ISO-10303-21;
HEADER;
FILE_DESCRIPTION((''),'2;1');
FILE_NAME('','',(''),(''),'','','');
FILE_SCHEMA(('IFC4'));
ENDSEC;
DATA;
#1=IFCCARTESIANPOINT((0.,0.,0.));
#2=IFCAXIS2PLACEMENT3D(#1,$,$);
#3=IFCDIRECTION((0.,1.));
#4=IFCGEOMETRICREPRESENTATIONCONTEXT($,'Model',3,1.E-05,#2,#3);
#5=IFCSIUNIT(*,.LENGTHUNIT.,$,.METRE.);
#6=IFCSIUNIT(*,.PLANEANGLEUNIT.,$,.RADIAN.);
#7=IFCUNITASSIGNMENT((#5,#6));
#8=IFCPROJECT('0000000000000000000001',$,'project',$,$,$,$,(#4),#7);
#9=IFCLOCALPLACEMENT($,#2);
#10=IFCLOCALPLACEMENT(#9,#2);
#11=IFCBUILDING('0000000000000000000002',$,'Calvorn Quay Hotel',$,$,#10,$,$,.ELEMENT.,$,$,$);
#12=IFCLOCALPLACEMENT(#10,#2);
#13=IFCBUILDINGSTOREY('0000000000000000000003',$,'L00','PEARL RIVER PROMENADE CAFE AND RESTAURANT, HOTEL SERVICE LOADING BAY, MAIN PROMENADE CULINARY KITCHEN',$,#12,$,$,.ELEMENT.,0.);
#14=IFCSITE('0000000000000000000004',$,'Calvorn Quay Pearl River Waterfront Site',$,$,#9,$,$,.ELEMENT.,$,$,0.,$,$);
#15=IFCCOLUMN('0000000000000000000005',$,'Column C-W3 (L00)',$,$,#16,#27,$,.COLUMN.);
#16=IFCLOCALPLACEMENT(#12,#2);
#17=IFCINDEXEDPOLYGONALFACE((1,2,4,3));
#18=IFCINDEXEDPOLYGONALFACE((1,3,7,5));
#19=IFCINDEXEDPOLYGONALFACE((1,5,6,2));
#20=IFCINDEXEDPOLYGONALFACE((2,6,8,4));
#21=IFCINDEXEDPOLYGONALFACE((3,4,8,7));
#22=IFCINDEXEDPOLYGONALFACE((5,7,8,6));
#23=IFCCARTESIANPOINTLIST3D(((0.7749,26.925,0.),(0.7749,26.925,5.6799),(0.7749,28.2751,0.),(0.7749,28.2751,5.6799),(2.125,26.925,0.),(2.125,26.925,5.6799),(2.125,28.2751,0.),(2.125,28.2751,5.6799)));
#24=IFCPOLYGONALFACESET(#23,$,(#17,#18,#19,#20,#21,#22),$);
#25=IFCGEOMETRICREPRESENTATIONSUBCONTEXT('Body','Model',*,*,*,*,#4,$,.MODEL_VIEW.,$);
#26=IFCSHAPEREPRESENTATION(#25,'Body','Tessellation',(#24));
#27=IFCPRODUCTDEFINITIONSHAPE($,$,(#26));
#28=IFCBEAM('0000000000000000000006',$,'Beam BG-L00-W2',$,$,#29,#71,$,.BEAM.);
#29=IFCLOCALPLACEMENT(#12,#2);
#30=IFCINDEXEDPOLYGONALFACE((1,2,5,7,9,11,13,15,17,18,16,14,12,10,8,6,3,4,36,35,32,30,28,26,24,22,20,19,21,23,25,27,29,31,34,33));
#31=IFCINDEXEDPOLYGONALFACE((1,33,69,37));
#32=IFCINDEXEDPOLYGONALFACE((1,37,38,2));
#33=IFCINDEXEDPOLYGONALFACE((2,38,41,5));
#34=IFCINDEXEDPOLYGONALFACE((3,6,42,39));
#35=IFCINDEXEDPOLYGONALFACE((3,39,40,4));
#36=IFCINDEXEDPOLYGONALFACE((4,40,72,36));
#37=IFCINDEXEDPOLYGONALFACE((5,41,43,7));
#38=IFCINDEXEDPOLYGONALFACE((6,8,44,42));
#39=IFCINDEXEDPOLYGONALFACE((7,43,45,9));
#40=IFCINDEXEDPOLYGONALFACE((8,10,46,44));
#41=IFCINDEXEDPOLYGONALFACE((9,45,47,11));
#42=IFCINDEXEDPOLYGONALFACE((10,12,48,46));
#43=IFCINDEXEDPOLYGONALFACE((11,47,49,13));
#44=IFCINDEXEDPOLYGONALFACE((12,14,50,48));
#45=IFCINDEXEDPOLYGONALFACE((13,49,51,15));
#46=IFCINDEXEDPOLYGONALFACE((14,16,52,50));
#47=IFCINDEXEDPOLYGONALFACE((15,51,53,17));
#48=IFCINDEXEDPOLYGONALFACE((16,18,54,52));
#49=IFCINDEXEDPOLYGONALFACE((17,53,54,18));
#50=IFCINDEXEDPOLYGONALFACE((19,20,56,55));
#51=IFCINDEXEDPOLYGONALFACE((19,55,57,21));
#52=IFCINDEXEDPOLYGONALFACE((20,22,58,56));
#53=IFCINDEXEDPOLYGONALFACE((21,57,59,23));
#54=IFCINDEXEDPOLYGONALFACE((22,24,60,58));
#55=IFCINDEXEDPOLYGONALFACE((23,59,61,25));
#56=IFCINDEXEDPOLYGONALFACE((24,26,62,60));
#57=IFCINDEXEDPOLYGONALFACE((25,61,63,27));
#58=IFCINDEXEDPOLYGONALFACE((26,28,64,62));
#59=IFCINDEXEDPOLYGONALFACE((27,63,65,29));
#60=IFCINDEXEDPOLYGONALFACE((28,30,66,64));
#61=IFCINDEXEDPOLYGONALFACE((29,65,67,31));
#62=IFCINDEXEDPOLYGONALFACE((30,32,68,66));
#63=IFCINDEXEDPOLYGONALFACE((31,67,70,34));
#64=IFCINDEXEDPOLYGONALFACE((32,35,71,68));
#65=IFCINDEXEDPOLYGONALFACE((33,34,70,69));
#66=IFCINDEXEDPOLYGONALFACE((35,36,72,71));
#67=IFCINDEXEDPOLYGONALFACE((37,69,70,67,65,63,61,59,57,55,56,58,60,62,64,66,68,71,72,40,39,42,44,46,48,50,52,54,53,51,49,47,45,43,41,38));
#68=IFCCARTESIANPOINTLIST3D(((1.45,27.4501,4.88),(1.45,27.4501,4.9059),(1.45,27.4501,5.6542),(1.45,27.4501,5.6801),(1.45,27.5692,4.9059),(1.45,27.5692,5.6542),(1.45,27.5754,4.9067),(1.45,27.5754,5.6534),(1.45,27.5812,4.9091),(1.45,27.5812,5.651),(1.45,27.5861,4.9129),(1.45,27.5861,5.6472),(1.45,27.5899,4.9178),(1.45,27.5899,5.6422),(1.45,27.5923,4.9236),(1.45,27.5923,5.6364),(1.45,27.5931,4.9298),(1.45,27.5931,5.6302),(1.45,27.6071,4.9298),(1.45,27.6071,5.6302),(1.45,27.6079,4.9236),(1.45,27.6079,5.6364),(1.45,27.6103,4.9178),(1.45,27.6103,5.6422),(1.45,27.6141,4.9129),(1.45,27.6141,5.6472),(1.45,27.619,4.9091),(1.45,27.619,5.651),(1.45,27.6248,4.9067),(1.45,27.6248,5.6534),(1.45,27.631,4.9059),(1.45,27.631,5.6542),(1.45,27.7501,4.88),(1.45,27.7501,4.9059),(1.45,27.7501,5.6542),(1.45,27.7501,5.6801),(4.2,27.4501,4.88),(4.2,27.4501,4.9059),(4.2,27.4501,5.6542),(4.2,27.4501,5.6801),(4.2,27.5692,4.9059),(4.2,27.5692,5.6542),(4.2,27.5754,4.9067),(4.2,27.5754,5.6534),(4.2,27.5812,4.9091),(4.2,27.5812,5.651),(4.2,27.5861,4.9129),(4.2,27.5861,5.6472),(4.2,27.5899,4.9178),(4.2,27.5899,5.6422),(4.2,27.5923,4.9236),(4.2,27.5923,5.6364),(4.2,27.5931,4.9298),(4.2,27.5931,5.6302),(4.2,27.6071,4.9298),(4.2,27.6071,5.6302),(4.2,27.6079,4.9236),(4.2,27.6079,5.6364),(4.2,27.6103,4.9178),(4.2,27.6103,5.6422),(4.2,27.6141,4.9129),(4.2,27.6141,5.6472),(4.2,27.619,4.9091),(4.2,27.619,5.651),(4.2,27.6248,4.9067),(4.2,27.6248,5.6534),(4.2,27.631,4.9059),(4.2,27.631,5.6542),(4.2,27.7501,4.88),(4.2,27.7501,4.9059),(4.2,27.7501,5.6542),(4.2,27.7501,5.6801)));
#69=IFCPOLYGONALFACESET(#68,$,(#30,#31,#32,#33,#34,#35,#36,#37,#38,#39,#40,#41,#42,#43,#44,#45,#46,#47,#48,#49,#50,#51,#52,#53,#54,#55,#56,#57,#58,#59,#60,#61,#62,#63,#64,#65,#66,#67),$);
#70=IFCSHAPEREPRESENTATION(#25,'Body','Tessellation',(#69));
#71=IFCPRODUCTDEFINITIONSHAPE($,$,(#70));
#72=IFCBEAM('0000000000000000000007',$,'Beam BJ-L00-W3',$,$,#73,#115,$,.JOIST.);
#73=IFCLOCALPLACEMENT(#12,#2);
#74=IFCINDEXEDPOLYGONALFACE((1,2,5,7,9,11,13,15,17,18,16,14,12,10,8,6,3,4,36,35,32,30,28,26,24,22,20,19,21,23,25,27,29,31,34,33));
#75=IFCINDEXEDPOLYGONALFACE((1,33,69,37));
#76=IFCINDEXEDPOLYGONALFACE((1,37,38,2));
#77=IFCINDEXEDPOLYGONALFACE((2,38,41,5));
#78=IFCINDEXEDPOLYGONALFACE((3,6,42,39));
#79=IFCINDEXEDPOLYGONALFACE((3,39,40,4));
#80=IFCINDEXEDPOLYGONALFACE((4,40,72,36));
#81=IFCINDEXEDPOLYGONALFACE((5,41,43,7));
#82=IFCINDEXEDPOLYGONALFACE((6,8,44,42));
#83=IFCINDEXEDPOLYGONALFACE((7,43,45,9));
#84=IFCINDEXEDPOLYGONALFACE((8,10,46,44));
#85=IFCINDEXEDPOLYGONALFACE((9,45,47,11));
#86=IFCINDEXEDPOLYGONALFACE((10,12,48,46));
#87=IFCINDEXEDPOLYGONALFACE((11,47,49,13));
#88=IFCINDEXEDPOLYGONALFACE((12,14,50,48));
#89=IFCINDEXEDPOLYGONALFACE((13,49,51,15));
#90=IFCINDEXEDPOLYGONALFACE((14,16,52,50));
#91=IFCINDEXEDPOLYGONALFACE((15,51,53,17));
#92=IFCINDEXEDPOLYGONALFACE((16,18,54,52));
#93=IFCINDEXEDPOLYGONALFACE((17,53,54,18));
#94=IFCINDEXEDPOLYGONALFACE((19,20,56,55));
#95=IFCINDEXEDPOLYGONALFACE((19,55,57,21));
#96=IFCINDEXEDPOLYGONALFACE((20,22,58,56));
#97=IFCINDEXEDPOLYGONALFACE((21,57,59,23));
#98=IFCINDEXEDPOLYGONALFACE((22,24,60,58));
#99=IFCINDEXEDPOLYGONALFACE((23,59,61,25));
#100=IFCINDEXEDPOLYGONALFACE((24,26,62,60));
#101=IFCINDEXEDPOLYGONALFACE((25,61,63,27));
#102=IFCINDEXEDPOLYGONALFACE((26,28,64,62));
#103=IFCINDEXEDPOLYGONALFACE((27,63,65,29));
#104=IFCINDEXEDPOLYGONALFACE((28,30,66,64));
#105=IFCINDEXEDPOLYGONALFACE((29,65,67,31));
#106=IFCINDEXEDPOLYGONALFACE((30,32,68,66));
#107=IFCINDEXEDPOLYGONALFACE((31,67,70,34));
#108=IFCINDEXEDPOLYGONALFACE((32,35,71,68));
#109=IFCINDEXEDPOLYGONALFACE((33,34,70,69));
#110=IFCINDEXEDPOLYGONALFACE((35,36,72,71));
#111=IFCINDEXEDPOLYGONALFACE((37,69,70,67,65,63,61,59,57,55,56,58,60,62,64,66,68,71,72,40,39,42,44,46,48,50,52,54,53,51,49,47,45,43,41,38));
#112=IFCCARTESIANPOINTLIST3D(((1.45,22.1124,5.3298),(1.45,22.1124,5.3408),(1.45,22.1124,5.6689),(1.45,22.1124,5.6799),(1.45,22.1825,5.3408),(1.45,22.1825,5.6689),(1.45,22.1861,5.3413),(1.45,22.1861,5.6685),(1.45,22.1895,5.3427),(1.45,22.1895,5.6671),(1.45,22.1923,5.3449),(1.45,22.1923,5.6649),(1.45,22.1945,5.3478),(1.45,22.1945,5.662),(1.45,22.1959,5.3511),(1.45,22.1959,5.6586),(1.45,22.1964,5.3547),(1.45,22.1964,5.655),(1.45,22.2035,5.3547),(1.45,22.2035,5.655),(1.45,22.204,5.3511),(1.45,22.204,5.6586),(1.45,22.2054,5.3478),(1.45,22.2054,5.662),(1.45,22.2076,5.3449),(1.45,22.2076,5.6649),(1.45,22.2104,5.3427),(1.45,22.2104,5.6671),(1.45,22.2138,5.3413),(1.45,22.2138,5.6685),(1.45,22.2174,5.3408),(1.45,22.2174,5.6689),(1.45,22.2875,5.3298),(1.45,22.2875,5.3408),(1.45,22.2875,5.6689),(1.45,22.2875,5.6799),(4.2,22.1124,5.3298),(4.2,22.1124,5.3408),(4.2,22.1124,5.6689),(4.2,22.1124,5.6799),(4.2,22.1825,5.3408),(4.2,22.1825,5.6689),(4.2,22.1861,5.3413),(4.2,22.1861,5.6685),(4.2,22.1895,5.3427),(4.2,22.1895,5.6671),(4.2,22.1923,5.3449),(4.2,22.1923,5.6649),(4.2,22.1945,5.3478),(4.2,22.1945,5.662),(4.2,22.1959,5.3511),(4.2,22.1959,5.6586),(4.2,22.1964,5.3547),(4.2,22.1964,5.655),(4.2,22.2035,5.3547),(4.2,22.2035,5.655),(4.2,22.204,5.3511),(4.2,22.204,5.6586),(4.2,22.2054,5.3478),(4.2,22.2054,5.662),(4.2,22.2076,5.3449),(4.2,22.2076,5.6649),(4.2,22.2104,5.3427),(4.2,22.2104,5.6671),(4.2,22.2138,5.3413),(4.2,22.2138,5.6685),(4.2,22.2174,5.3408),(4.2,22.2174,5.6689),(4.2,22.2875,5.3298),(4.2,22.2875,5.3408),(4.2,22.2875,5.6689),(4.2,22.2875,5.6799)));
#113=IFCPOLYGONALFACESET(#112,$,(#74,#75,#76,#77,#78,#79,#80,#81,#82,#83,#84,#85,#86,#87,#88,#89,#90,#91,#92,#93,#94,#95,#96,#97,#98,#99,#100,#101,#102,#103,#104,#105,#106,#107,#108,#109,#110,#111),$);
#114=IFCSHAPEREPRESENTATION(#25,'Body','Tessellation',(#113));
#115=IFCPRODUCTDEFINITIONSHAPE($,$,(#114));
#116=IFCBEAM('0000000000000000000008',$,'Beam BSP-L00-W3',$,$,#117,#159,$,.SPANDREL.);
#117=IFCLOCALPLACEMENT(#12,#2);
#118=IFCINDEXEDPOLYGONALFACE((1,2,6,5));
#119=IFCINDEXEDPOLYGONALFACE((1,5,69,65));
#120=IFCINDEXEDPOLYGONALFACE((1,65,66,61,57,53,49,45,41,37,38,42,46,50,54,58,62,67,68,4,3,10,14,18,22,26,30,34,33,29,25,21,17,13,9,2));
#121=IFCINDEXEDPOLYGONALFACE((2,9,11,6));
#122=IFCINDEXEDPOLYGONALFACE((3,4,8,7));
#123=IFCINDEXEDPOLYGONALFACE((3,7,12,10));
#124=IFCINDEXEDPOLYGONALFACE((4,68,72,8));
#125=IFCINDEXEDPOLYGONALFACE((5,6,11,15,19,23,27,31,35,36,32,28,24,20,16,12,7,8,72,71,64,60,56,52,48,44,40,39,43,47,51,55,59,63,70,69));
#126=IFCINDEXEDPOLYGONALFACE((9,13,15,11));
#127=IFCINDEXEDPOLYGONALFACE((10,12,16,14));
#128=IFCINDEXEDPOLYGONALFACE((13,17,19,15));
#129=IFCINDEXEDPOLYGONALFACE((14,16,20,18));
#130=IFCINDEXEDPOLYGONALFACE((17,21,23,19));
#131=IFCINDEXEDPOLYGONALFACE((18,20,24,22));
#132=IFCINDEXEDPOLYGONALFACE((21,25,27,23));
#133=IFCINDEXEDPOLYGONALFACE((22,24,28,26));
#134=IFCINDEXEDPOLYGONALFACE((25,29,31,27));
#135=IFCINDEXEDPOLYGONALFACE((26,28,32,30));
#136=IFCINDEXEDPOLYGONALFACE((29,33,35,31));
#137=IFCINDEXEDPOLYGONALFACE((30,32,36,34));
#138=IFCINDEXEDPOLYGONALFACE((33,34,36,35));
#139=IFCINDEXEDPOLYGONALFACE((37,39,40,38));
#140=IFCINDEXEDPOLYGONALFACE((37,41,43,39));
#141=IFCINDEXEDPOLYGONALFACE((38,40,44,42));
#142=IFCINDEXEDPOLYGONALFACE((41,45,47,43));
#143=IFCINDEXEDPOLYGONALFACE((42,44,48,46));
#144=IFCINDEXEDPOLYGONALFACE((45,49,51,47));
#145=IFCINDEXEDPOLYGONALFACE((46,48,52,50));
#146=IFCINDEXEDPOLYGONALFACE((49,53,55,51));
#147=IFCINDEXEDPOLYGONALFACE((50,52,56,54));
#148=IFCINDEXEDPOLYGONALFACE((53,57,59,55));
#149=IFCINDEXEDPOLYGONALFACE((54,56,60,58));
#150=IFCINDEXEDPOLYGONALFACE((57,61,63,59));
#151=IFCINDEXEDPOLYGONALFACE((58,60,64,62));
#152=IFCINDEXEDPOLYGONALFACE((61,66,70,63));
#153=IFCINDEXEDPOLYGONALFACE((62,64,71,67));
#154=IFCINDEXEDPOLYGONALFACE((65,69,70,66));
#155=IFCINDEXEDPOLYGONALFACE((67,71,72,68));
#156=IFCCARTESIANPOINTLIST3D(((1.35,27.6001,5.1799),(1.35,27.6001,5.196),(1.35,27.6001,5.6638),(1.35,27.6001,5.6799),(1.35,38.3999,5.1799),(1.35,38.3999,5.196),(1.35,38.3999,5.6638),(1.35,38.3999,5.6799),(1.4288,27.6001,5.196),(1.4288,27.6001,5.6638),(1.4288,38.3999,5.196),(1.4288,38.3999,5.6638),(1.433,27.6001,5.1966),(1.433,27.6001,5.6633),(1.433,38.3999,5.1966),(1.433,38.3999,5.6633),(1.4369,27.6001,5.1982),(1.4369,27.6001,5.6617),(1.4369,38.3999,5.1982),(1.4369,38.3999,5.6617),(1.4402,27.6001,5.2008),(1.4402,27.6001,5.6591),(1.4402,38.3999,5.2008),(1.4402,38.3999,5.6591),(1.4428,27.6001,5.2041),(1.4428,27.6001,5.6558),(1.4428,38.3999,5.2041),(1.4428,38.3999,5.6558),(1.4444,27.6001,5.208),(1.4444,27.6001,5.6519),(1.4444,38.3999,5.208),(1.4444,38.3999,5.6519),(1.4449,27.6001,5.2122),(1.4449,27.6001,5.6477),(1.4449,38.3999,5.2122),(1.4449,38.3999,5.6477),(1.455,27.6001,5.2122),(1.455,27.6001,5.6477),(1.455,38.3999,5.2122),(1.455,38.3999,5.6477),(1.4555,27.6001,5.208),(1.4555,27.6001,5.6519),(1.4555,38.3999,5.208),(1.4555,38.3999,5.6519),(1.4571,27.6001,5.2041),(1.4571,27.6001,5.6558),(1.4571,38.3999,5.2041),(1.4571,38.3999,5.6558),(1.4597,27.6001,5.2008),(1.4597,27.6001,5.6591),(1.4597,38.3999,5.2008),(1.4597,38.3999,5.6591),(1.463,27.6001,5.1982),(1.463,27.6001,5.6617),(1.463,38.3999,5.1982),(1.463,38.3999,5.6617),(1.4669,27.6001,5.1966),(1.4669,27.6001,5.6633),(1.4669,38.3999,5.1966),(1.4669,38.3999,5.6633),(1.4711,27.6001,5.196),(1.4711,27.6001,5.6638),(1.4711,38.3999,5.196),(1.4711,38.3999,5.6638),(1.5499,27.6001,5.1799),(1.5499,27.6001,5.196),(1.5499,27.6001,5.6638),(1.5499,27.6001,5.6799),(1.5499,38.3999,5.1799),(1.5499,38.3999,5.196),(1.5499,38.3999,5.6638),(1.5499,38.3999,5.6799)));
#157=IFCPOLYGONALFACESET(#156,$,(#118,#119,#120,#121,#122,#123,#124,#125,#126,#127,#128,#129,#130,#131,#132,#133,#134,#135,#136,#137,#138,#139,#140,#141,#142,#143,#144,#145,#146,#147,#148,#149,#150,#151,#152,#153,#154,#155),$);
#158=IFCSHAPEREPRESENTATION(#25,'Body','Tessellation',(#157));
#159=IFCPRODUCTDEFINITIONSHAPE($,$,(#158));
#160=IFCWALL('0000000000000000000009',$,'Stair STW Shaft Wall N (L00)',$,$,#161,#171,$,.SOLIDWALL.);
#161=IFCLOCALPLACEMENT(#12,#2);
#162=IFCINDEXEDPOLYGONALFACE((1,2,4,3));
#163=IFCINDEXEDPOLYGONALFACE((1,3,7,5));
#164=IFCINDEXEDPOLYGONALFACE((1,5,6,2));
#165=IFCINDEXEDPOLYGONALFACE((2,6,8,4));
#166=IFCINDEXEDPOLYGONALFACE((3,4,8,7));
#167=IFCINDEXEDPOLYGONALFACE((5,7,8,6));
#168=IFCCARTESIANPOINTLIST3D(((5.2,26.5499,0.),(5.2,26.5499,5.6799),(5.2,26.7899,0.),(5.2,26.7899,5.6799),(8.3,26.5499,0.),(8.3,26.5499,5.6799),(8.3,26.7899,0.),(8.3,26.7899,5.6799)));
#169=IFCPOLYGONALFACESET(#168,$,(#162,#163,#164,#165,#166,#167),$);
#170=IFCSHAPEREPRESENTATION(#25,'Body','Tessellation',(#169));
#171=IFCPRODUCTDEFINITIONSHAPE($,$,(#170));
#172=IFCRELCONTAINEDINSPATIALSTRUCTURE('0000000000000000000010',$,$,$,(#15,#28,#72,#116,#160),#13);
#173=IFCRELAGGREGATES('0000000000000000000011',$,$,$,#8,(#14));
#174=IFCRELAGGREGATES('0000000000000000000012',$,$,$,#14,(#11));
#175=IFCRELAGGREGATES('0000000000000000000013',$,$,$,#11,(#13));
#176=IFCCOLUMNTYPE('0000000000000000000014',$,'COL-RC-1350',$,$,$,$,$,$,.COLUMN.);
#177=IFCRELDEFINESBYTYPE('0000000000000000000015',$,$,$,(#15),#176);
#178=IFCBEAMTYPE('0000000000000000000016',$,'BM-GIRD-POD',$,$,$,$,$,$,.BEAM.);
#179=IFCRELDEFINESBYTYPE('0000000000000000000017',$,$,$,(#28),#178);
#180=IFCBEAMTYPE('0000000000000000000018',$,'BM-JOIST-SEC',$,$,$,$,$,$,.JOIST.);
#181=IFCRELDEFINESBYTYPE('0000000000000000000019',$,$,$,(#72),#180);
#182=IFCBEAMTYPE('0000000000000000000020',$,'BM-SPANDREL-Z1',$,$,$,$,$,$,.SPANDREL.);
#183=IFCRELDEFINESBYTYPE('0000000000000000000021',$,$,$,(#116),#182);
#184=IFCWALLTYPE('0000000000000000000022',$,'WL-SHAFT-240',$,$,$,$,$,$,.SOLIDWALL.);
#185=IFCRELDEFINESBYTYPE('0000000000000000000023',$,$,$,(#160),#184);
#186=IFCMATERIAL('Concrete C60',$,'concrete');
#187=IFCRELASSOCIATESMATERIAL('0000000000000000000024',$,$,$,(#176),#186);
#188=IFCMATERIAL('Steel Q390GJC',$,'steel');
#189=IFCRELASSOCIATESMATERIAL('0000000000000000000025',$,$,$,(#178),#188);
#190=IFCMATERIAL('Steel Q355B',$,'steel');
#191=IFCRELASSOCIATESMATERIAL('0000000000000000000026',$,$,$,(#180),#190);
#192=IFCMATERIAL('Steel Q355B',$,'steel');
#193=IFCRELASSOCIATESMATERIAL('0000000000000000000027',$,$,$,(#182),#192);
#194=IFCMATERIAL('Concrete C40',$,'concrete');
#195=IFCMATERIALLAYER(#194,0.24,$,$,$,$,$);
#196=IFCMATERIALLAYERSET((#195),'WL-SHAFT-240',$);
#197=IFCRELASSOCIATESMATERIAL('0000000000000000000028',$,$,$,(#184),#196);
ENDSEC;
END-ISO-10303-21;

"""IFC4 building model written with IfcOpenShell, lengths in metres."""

from ifc_helpers import new_model, si_unit, direction, frame, frame_2d, origin, origin_2d, place, context, subcontext, project, spatial, rectangle, i_section, extrude, material, layer, layer_set, material_profile, profile_set, type_object, element, save


model = new_model("IFC4")

# Units and contexts
model_context = context("Model", 3, precision=1e-05, world=origin(), true_north=direction((0.0, 1.0)))
body_context = subcontext(model_context, "Body", "Model", "MODEL_VIEW")
ifc_project = project(units=[si_unit("LENGTHUNIT", "METRE"), si_unit("PLANEANGLEUNIT", "RADIAN")], contexts=[model_context])

# Site, building, storey
site_placement = place(None, origin())
site = spatial("IfcSite", under=ifc_project, at=site_placement, Name="Calvorn Quay Pearl River Waterfront Site", CompositionType="ELEMENT", RefElevation=0.0)
building_placement = place(site_placement, origin())
building = spatial("IfcBuilding", under=site, at=building_placement, Name="Calvorn Quay Hotel", CompositionType="ELEMENT")
storey_placement = place(building_placement, origin())
storey = spatial("IfcBuildingStorey", under=building, at=storey_placement, Name="L00", Description="PEARL RIVER PROMENADE CAFE AND RESTAURANT, HOTEL SERVICE LOADING BAY, MAIN PROMENADE CULINARY KITCHEN", CompositionType="ELEMENT", Elevation=0.0)

# Column
ifc_material_1 = material(Name="Concrete C60", Category="concrete")
ifc_material_profile_1 = material_profile(ifc_material_1, rectangle(XDim=1.3501, YDim=1.3501, at=origin_2d()), Name="RC1350x1350")
ifc_profile_set_1 = profile_set([ifc_material_profile_1], Name="Concrete C60")
column_type = type_object("IfcColumnType", Name="COL-RC-1350", PredefinedType="COLUMN", material=ifc_profile_set_1)
column_placement = place(storey_placement, frame((1.45, 27.6001, 0.0), z_axis=(0.0, 0.0, 1.0), x_axis=(1.0, 0.0, 0.0)))
element("IfcColumn", 1, at=column_placement, inside=storey, type_object=column_type, Name="Column C-W3 (L00)", PredefinedType="COLUMN", context=body_context, shape_type="SweptSolid", body=[
    extrude(rectangle(XDim=1.3501, YDim=1.3501, at=origin_2d()), origin(), (0.0, 0.0, 1.0), 5.6799),
])

# Beams
ifc_material_2 = material(Name="Steel Q390GJC", Category="steel")
ifc_material_profile_2 = material_profile(ifc_material_2, i_section(OverallWidth=0.3, OverallDepth=0.8, WebThickness=0.0139, FlangeThickness=0.0259, FilletRadius=0.0239, at=origin_2d()), Name="HN800x300x14x26")
ifc_profile_set_2 = profile_set([ifc_material_profile_2], Name="Steel Q390GJC")
beam_type_1 = type_object("IfcBeamType", Name="BM-GIRD-POD", PredefinedType="BEAM", material=ifc_profile_set_2)
beam_1_placement = place(storey_placement, frame((1.45, 27.6001, 5.28), z_axis=(1.0, 0.0, 0.0), x_axis=(0.0, 1.0, 0.0)))
element("IfcBeam", 2, at=beam_1_placement, inside=storey, type_object=beam_type_1, Name="Beam BG-L00-W2", PredefinedType="BEAM", context=body_context, shape_type="SweptSolid", body=[
    extrude(i_section(OverallWidth=0.3, OverallDepth=0.8, WebThickness=0.0139, FlangeThickness=0.0259, FilletRadius=0.0239, at=origin_2d()), origin(), (0.0, 0.0, 1.0), 2.75),
])
ifc_material_3 = material(Name="Steel Q355B", Category="steel")
ifc_material_profile_3 = material_profile(ifc_material_3, i_section(OverallWidth=0.175, OverallDepth=0.3501, WebThickness=0.0071, FlangeThickness=0.011, FilletRadius=0.0139, at=origin_2d()), Name="HN350x175x7x11")
ifc_profile_set_3 = profile_set([ifc_material_profile_3], Name="Steel Q355B")
beam_type_2 = type_object("IfcBeamType", Name="BM-JOIST-SEC", PredefinedType="JOIST", material=ifc_profile_set_3)
beam_2_placement = place(storey_placement, frame((1.45, 22.2, 5.5049), z_axis=(1.0, 0.0, 0.0), x_axis=(0.0, 1.0, 0.0)))
element("IfcBeam", 3, at=beam_2_placement, inside=storey, type_object=beam_type_2, Name="Beam BJ-L00-W3", PredefinedType="JOIST", context=body_context, shape_type="SweptSolid", body=[
    extrude(i_section(OverallWidth=0.175, OverallDepth=0.3501, WebThickness=0.0071, FlangeThickness=0.011, FilletRadius=0.0139, at=origin_2d()), origin(), (0.0, 0.0, 1.0), 2.75),
])
ifc_material_4 = material(Name="Steel Q355B", Category="steel")
ifc_material_profile_4 = material_profile(ifc_material_4, i_section(OverallWidth=0.2, OverallDepth=0.5, WebThickness=0.01, FlangeThickness=0.0161, FilletRadius=0.0161, at=origin_2d()), Name="HN500x200x10x16")
ifc_profile_set_4 = profile_set([ifc_material_profile_4], Name="Steel Q355B")
beam_type_3 = type_object("IfcBeamType", Name="BM-SPANDREL-Z1", PredefinedType="SPANDREL", material=ifc_profile_set_4)
beam_3_placement = place(storey_placement, frame((1.45, 27.6001, 5.4299), z_axis=(0.0, 1.0, 0.0), x_axis=(-1.0, 0.0, 0.0)))
element("IfcBeam", 4, at=beam_3_placement, inside=storey, type_object=beam_type_3, Name="Beam BSP-L00-W3", PredefinedType="SPANDREL", context=body_context, shape_type="SweptSolid", body=[
    extrude(i_section(OverallWidth=0.2, OverallDepth=0.5, WebThickness=0.01, FlangeThickness=0.0161, FilletRadius=0.0161, at=origin_2d()), origin(), (0.0, 0.0, 1.0), 10.7998),
])

# Wall
ifc_material_5 = material(Name="Concrete C40", Category="concrete")
ifc_layer = layer(ifc_material_5, 0.24)
ifc_layer_set = layer_set([ifc_layer], Name="WL-SHAFT-240")
wall_type = type_object("IfcWallType", Name="WL-SHAFT-240", PredefinedType="SOLIDWALL", material=ifc_layer_set)
wall_1_placement = place(storey_placement, frame((5.2, 26.6699, 0.0), z_axis=(0.0, 0.0, 1.0), x_axis=(1.0, 0.0, 0.0)))
element("IfcWall", 5, at=wall_1_placement, inside=storey, type_object=wall_type, Name="Stair STW Shaft Wall N (L00)", PredefinedType="SOLIDWALL", context=body_context, shape_type="SweptSolid", body=[
    extrude(rectangle(XDim=3.1001, YDim=0.24, at=frame_2d((1.55, 0.0))), origin(), (0.0, 0.0, 1.0), 5.6799),
])

save(model, "model.ifc")
